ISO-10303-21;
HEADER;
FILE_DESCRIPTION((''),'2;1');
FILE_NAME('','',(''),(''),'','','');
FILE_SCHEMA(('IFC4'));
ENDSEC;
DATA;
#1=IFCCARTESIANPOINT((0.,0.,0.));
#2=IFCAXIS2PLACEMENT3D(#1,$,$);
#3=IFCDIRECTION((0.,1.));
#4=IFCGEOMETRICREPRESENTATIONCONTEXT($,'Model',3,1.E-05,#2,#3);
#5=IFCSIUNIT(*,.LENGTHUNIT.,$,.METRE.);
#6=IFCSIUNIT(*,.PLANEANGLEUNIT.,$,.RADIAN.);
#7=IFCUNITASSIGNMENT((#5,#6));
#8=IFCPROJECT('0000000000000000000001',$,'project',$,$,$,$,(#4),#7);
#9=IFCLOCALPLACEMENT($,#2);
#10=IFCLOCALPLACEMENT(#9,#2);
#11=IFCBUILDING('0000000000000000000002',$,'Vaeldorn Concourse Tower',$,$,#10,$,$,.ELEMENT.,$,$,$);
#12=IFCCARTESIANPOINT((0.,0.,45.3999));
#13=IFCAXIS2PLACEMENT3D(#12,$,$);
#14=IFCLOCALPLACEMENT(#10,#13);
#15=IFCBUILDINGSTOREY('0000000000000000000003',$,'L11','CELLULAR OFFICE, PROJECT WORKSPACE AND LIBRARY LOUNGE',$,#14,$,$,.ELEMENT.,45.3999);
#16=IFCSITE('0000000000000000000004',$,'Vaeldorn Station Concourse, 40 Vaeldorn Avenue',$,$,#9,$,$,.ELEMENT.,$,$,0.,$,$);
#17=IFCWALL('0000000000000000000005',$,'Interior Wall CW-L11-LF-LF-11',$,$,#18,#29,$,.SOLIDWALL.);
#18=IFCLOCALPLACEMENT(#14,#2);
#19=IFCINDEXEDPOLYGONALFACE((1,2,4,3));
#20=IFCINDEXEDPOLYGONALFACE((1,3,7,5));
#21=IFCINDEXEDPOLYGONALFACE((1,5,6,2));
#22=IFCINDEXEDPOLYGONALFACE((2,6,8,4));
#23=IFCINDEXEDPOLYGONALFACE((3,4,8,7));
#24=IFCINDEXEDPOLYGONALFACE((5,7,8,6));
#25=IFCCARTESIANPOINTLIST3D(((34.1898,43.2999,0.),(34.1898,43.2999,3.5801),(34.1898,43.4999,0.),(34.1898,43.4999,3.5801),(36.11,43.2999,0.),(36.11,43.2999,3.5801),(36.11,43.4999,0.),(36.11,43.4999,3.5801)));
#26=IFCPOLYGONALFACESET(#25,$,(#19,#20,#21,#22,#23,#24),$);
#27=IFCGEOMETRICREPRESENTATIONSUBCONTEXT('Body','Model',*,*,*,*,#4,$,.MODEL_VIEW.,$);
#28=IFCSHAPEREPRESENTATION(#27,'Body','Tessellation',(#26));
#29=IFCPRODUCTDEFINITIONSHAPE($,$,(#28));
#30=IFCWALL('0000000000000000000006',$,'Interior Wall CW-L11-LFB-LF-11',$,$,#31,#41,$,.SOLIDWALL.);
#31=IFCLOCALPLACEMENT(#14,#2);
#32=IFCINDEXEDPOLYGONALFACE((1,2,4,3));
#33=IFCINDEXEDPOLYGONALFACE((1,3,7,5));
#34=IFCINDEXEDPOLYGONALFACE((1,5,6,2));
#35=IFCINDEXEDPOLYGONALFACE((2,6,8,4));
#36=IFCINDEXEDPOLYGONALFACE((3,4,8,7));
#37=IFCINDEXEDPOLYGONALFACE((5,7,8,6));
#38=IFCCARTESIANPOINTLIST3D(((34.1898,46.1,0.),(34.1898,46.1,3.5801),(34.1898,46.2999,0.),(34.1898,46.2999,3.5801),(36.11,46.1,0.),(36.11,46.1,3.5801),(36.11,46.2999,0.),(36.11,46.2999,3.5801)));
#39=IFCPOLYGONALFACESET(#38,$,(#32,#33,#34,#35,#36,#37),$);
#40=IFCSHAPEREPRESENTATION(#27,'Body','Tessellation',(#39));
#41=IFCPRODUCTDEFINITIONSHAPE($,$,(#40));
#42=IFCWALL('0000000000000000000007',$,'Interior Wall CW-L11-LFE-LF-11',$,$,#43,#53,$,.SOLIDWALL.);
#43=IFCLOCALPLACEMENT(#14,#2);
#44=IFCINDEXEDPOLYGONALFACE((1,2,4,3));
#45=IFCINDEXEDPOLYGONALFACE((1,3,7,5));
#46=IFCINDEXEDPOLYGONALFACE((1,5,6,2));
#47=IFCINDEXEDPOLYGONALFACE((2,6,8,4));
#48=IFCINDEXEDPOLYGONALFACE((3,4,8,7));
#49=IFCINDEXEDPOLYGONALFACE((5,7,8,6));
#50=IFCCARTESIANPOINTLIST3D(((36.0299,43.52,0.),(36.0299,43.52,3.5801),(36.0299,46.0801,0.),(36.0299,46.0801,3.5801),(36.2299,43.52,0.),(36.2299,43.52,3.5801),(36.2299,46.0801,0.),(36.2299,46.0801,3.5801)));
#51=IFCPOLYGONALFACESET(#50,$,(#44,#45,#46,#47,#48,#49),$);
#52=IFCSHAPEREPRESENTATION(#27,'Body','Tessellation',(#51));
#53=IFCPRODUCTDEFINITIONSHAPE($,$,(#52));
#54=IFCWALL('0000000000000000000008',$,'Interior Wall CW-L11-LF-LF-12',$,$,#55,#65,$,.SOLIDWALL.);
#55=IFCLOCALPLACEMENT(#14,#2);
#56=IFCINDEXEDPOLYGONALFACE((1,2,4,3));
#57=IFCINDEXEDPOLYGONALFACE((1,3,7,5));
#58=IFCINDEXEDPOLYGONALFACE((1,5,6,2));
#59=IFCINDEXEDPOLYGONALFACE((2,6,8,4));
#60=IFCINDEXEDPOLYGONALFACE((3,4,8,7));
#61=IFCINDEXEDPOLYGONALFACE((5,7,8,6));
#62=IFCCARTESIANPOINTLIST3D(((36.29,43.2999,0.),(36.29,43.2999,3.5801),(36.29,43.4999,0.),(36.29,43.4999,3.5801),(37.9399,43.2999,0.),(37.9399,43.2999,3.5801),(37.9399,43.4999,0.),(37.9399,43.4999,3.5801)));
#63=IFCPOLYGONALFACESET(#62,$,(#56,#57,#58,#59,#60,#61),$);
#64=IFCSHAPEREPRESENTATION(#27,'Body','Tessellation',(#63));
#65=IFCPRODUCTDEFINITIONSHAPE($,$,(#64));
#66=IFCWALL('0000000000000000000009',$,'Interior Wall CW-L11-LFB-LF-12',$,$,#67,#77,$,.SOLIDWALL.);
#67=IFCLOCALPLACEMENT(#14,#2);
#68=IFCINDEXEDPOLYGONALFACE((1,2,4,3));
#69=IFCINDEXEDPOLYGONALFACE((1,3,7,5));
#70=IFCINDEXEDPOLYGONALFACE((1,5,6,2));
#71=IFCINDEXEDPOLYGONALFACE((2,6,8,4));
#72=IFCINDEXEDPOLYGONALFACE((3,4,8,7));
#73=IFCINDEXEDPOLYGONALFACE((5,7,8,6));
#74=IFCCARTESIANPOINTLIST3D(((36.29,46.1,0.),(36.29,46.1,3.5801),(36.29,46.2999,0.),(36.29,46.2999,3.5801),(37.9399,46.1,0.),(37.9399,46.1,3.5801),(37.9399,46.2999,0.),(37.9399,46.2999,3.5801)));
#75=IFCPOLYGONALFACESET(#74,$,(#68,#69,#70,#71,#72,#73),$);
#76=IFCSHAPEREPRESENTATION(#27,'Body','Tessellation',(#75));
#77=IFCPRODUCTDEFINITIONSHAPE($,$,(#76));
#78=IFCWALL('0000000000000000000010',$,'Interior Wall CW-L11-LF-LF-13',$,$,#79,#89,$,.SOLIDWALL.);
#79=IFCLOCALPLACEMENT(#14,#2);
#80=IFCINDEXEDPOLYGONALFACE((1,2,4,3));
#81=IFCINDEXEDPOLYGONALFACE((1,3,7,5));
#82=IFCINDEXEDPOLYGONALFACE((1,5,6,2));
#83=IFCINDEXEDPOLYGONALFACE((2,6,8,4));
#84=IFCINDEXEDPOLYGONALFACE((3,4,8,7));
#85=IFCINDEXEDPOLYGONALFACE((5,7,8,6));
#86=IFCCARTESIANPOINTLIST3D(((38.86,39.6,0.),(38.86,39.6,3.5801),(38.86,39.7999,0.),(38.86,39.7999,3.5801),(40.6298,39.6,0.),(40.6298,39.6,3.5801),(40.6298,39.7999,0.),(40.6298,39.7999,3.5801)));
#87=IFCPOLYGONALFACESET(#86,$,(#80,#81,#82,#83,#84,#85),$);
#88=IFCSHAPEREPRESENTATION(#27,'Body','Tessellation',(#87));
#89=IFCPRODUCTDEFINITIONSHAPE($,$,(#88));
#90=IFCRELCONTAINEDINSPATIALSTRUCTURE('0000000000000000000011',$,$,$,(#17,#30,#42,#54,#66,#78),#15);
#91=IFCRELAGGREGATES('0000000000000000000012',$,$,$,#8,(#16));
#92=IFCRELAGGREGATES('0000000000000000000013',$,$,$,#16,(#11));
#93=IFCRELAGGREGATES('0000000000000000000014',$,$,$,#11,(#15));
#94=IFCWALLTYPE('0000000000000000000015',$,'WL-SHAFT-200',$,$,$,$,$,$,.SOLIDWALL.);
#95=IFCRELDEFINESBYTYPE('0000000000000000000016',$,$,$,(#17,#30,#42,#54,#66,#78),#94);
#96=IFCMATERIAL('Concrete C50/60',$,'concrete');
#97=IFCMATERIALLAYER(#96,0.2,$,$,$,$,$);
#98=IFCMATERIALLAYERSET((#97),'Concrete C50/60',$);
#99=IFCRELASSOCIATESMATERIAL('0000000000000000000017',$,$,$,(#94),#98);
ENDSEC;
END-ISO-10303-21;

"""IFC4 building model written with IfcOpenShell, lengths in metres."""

from ifc_helpers import new_model, si_unit, direction, frame, frame_2d, origin, place, context, subcontext, project, spatial, rectangle, extrude, material, layer, layer_set, type_object, element, save


model = new_model("IFC4")

# Units and contexts
model_context = context("Model", 3, precision=1e-05, world=origin(), true_north=direction((0.0, 1.0)))
body_context = subcontext(model_context, "Body", "Model", "MODEL_VIEW")
ifc_project = project(units=[si_unit("LENGTHUNIT", "METRE"), si_unit("PLANEANGLEUNIT", "RADIAN")], contexts=[model_context])

# Site, building, storey
site_placement = place(None, origin())
site = spatial("IfcSite", under=ifc_project, at=site_placement, Name="Vaeldorn Station Concourse, 40 Vaeldorn Avenue", CompositionType="ELEMENT", RefElevation=0.0)
building_placement = place(site_placement, origin())
building = spatial("IfcBuilding", under=site, at=building_placement, Name="Vaeldorn Concourse Tower", CompositionType="ELEMENT")
storey_placement = place(building_placement, frame((0.0, 0.0, 45.3999)))
storey = spatial("IfcBuildingStorey", under=building, at=storey_placement, Name="L11", Description="CELLULAR OFFICE, PROJECT WORKSPACE AND LIBRARY LOUNGE", CompositionType="ELEMENT", Elevation=45.3999)

# Walls
ifc_material_1 = material(Name="Concrete C50/60", Category="concrete")
ifc_layer_1 = layer(ifc_material_1, 0.2)
ifc_layer_set_1 = layer_set([ifc_layer_1], Name="Concrete C50/60")
wall_type_1 = type_object("IfcWallType", Name="WL-SHAFT-200", PredefinedType="SOLIDWALL", material=ifc_layer_set_1)
for number, where, z_axis, x_axis, name in (
    (1, (34.1899, 43.3999, 0.0), (0.0, 0.0, 1.0), (1.0, 0.0, 0.0), "Interior Wall CW-L11-LF-LF-11"),
    (2, (34.1899, 46.2, 0.0), (0.0, 0.0, 1.0), (1.0, 0.0, 0.0), "Interior Wall CW-L11-LFB-LF-11"),
):
    element("IfcWall", number, at=place(storey_placement, frame(where, z_axis=z_axis, x_axis=x_axis)), inside=storey, type_object=wall_type_1, Name=name, PredefinedType="SOLIDWALL", context=body_context, shape_type="SweptSolid", body=[
        extrude(rectangle(XDim=1.9202, YDim=0.2, at=frame_2d((0.96, 0.0))), origin(), (0.0, 0.0, 1.0), 3.5801),
    ])
wall_1_placement = place(storey_placement, frame((36.1299, 43.52, 0.0), z_axis=(0.0, 0.0, 1.0), x_axis=(0.0, 1.0, 0.0)))
element("IfcWall", 3, at=wall_1_placement, inside=storey, type_object=wall_type_1, Name="Interior Wall CW-L11-LFE-LF-11", PredefinedType="SOLIDWALL", context=body_context, shape_type="SweptSolid", body=[
    extrude(rectangle(XDim=2.5601, YDim=0.2, at=frame_2d((1.28, 0.0))), origin(), (0.0, 0.0, 1.0), 3.5801),
])
for number, where, z_axis, x_axis, name in (
    (4, (36.29, 43.3999, 0.0), (0.0, 0.0, 1.0), (1.0, 0.0, 0.0), "Interior Wall CW-L11-LF-LF-12"),
    (5, (36.29, 46.2, 0.0), (0.0, 0.0, 1.0), (1.0, 0.0, 0.0), "Interior Wall CW-L11-LFB-LF-12"),
):
    element("IfcWall", number, at=place(storey_placement, frame(where, z_axis=z_axis, x_axis=x_axis)), inside=storey, type_object=wall_type_1, Name=name, PredefinedType="SOLIDWALL", context=body_context, shape_type="SweptSolid", body=[
        extrude(rectangle(XDim=1.6499, YDim=0.2, at=frame_2d((0.825, 0.0))), origin(), (0.0, 0.0, 1.0), 3.5801),
    ])
wall_2_placement = place(storey_placement, frame((38.8601, 39.7, 0.0), z_axis=(0.0, 0.0, 1.0), x_axis=(1.0, 0.0, 0.0)))
element("IfcWall", 6, at=wall_2_placement, inside=storey, type_object=wall_type_1, Name="Interior Wall CW-L11-LF-LF-13", PredefinedType="SOLIDWALL", context=body_context, shape_type="SweptSolid", body=[
    extrude(rectangle(XDim=1.7698, YDim=0.2, at=frame_2d((0.8848, 0.0))), origin(), (0.0, 0.0, 1.0), 3.5801),
])

save(model, "model.ifc")
